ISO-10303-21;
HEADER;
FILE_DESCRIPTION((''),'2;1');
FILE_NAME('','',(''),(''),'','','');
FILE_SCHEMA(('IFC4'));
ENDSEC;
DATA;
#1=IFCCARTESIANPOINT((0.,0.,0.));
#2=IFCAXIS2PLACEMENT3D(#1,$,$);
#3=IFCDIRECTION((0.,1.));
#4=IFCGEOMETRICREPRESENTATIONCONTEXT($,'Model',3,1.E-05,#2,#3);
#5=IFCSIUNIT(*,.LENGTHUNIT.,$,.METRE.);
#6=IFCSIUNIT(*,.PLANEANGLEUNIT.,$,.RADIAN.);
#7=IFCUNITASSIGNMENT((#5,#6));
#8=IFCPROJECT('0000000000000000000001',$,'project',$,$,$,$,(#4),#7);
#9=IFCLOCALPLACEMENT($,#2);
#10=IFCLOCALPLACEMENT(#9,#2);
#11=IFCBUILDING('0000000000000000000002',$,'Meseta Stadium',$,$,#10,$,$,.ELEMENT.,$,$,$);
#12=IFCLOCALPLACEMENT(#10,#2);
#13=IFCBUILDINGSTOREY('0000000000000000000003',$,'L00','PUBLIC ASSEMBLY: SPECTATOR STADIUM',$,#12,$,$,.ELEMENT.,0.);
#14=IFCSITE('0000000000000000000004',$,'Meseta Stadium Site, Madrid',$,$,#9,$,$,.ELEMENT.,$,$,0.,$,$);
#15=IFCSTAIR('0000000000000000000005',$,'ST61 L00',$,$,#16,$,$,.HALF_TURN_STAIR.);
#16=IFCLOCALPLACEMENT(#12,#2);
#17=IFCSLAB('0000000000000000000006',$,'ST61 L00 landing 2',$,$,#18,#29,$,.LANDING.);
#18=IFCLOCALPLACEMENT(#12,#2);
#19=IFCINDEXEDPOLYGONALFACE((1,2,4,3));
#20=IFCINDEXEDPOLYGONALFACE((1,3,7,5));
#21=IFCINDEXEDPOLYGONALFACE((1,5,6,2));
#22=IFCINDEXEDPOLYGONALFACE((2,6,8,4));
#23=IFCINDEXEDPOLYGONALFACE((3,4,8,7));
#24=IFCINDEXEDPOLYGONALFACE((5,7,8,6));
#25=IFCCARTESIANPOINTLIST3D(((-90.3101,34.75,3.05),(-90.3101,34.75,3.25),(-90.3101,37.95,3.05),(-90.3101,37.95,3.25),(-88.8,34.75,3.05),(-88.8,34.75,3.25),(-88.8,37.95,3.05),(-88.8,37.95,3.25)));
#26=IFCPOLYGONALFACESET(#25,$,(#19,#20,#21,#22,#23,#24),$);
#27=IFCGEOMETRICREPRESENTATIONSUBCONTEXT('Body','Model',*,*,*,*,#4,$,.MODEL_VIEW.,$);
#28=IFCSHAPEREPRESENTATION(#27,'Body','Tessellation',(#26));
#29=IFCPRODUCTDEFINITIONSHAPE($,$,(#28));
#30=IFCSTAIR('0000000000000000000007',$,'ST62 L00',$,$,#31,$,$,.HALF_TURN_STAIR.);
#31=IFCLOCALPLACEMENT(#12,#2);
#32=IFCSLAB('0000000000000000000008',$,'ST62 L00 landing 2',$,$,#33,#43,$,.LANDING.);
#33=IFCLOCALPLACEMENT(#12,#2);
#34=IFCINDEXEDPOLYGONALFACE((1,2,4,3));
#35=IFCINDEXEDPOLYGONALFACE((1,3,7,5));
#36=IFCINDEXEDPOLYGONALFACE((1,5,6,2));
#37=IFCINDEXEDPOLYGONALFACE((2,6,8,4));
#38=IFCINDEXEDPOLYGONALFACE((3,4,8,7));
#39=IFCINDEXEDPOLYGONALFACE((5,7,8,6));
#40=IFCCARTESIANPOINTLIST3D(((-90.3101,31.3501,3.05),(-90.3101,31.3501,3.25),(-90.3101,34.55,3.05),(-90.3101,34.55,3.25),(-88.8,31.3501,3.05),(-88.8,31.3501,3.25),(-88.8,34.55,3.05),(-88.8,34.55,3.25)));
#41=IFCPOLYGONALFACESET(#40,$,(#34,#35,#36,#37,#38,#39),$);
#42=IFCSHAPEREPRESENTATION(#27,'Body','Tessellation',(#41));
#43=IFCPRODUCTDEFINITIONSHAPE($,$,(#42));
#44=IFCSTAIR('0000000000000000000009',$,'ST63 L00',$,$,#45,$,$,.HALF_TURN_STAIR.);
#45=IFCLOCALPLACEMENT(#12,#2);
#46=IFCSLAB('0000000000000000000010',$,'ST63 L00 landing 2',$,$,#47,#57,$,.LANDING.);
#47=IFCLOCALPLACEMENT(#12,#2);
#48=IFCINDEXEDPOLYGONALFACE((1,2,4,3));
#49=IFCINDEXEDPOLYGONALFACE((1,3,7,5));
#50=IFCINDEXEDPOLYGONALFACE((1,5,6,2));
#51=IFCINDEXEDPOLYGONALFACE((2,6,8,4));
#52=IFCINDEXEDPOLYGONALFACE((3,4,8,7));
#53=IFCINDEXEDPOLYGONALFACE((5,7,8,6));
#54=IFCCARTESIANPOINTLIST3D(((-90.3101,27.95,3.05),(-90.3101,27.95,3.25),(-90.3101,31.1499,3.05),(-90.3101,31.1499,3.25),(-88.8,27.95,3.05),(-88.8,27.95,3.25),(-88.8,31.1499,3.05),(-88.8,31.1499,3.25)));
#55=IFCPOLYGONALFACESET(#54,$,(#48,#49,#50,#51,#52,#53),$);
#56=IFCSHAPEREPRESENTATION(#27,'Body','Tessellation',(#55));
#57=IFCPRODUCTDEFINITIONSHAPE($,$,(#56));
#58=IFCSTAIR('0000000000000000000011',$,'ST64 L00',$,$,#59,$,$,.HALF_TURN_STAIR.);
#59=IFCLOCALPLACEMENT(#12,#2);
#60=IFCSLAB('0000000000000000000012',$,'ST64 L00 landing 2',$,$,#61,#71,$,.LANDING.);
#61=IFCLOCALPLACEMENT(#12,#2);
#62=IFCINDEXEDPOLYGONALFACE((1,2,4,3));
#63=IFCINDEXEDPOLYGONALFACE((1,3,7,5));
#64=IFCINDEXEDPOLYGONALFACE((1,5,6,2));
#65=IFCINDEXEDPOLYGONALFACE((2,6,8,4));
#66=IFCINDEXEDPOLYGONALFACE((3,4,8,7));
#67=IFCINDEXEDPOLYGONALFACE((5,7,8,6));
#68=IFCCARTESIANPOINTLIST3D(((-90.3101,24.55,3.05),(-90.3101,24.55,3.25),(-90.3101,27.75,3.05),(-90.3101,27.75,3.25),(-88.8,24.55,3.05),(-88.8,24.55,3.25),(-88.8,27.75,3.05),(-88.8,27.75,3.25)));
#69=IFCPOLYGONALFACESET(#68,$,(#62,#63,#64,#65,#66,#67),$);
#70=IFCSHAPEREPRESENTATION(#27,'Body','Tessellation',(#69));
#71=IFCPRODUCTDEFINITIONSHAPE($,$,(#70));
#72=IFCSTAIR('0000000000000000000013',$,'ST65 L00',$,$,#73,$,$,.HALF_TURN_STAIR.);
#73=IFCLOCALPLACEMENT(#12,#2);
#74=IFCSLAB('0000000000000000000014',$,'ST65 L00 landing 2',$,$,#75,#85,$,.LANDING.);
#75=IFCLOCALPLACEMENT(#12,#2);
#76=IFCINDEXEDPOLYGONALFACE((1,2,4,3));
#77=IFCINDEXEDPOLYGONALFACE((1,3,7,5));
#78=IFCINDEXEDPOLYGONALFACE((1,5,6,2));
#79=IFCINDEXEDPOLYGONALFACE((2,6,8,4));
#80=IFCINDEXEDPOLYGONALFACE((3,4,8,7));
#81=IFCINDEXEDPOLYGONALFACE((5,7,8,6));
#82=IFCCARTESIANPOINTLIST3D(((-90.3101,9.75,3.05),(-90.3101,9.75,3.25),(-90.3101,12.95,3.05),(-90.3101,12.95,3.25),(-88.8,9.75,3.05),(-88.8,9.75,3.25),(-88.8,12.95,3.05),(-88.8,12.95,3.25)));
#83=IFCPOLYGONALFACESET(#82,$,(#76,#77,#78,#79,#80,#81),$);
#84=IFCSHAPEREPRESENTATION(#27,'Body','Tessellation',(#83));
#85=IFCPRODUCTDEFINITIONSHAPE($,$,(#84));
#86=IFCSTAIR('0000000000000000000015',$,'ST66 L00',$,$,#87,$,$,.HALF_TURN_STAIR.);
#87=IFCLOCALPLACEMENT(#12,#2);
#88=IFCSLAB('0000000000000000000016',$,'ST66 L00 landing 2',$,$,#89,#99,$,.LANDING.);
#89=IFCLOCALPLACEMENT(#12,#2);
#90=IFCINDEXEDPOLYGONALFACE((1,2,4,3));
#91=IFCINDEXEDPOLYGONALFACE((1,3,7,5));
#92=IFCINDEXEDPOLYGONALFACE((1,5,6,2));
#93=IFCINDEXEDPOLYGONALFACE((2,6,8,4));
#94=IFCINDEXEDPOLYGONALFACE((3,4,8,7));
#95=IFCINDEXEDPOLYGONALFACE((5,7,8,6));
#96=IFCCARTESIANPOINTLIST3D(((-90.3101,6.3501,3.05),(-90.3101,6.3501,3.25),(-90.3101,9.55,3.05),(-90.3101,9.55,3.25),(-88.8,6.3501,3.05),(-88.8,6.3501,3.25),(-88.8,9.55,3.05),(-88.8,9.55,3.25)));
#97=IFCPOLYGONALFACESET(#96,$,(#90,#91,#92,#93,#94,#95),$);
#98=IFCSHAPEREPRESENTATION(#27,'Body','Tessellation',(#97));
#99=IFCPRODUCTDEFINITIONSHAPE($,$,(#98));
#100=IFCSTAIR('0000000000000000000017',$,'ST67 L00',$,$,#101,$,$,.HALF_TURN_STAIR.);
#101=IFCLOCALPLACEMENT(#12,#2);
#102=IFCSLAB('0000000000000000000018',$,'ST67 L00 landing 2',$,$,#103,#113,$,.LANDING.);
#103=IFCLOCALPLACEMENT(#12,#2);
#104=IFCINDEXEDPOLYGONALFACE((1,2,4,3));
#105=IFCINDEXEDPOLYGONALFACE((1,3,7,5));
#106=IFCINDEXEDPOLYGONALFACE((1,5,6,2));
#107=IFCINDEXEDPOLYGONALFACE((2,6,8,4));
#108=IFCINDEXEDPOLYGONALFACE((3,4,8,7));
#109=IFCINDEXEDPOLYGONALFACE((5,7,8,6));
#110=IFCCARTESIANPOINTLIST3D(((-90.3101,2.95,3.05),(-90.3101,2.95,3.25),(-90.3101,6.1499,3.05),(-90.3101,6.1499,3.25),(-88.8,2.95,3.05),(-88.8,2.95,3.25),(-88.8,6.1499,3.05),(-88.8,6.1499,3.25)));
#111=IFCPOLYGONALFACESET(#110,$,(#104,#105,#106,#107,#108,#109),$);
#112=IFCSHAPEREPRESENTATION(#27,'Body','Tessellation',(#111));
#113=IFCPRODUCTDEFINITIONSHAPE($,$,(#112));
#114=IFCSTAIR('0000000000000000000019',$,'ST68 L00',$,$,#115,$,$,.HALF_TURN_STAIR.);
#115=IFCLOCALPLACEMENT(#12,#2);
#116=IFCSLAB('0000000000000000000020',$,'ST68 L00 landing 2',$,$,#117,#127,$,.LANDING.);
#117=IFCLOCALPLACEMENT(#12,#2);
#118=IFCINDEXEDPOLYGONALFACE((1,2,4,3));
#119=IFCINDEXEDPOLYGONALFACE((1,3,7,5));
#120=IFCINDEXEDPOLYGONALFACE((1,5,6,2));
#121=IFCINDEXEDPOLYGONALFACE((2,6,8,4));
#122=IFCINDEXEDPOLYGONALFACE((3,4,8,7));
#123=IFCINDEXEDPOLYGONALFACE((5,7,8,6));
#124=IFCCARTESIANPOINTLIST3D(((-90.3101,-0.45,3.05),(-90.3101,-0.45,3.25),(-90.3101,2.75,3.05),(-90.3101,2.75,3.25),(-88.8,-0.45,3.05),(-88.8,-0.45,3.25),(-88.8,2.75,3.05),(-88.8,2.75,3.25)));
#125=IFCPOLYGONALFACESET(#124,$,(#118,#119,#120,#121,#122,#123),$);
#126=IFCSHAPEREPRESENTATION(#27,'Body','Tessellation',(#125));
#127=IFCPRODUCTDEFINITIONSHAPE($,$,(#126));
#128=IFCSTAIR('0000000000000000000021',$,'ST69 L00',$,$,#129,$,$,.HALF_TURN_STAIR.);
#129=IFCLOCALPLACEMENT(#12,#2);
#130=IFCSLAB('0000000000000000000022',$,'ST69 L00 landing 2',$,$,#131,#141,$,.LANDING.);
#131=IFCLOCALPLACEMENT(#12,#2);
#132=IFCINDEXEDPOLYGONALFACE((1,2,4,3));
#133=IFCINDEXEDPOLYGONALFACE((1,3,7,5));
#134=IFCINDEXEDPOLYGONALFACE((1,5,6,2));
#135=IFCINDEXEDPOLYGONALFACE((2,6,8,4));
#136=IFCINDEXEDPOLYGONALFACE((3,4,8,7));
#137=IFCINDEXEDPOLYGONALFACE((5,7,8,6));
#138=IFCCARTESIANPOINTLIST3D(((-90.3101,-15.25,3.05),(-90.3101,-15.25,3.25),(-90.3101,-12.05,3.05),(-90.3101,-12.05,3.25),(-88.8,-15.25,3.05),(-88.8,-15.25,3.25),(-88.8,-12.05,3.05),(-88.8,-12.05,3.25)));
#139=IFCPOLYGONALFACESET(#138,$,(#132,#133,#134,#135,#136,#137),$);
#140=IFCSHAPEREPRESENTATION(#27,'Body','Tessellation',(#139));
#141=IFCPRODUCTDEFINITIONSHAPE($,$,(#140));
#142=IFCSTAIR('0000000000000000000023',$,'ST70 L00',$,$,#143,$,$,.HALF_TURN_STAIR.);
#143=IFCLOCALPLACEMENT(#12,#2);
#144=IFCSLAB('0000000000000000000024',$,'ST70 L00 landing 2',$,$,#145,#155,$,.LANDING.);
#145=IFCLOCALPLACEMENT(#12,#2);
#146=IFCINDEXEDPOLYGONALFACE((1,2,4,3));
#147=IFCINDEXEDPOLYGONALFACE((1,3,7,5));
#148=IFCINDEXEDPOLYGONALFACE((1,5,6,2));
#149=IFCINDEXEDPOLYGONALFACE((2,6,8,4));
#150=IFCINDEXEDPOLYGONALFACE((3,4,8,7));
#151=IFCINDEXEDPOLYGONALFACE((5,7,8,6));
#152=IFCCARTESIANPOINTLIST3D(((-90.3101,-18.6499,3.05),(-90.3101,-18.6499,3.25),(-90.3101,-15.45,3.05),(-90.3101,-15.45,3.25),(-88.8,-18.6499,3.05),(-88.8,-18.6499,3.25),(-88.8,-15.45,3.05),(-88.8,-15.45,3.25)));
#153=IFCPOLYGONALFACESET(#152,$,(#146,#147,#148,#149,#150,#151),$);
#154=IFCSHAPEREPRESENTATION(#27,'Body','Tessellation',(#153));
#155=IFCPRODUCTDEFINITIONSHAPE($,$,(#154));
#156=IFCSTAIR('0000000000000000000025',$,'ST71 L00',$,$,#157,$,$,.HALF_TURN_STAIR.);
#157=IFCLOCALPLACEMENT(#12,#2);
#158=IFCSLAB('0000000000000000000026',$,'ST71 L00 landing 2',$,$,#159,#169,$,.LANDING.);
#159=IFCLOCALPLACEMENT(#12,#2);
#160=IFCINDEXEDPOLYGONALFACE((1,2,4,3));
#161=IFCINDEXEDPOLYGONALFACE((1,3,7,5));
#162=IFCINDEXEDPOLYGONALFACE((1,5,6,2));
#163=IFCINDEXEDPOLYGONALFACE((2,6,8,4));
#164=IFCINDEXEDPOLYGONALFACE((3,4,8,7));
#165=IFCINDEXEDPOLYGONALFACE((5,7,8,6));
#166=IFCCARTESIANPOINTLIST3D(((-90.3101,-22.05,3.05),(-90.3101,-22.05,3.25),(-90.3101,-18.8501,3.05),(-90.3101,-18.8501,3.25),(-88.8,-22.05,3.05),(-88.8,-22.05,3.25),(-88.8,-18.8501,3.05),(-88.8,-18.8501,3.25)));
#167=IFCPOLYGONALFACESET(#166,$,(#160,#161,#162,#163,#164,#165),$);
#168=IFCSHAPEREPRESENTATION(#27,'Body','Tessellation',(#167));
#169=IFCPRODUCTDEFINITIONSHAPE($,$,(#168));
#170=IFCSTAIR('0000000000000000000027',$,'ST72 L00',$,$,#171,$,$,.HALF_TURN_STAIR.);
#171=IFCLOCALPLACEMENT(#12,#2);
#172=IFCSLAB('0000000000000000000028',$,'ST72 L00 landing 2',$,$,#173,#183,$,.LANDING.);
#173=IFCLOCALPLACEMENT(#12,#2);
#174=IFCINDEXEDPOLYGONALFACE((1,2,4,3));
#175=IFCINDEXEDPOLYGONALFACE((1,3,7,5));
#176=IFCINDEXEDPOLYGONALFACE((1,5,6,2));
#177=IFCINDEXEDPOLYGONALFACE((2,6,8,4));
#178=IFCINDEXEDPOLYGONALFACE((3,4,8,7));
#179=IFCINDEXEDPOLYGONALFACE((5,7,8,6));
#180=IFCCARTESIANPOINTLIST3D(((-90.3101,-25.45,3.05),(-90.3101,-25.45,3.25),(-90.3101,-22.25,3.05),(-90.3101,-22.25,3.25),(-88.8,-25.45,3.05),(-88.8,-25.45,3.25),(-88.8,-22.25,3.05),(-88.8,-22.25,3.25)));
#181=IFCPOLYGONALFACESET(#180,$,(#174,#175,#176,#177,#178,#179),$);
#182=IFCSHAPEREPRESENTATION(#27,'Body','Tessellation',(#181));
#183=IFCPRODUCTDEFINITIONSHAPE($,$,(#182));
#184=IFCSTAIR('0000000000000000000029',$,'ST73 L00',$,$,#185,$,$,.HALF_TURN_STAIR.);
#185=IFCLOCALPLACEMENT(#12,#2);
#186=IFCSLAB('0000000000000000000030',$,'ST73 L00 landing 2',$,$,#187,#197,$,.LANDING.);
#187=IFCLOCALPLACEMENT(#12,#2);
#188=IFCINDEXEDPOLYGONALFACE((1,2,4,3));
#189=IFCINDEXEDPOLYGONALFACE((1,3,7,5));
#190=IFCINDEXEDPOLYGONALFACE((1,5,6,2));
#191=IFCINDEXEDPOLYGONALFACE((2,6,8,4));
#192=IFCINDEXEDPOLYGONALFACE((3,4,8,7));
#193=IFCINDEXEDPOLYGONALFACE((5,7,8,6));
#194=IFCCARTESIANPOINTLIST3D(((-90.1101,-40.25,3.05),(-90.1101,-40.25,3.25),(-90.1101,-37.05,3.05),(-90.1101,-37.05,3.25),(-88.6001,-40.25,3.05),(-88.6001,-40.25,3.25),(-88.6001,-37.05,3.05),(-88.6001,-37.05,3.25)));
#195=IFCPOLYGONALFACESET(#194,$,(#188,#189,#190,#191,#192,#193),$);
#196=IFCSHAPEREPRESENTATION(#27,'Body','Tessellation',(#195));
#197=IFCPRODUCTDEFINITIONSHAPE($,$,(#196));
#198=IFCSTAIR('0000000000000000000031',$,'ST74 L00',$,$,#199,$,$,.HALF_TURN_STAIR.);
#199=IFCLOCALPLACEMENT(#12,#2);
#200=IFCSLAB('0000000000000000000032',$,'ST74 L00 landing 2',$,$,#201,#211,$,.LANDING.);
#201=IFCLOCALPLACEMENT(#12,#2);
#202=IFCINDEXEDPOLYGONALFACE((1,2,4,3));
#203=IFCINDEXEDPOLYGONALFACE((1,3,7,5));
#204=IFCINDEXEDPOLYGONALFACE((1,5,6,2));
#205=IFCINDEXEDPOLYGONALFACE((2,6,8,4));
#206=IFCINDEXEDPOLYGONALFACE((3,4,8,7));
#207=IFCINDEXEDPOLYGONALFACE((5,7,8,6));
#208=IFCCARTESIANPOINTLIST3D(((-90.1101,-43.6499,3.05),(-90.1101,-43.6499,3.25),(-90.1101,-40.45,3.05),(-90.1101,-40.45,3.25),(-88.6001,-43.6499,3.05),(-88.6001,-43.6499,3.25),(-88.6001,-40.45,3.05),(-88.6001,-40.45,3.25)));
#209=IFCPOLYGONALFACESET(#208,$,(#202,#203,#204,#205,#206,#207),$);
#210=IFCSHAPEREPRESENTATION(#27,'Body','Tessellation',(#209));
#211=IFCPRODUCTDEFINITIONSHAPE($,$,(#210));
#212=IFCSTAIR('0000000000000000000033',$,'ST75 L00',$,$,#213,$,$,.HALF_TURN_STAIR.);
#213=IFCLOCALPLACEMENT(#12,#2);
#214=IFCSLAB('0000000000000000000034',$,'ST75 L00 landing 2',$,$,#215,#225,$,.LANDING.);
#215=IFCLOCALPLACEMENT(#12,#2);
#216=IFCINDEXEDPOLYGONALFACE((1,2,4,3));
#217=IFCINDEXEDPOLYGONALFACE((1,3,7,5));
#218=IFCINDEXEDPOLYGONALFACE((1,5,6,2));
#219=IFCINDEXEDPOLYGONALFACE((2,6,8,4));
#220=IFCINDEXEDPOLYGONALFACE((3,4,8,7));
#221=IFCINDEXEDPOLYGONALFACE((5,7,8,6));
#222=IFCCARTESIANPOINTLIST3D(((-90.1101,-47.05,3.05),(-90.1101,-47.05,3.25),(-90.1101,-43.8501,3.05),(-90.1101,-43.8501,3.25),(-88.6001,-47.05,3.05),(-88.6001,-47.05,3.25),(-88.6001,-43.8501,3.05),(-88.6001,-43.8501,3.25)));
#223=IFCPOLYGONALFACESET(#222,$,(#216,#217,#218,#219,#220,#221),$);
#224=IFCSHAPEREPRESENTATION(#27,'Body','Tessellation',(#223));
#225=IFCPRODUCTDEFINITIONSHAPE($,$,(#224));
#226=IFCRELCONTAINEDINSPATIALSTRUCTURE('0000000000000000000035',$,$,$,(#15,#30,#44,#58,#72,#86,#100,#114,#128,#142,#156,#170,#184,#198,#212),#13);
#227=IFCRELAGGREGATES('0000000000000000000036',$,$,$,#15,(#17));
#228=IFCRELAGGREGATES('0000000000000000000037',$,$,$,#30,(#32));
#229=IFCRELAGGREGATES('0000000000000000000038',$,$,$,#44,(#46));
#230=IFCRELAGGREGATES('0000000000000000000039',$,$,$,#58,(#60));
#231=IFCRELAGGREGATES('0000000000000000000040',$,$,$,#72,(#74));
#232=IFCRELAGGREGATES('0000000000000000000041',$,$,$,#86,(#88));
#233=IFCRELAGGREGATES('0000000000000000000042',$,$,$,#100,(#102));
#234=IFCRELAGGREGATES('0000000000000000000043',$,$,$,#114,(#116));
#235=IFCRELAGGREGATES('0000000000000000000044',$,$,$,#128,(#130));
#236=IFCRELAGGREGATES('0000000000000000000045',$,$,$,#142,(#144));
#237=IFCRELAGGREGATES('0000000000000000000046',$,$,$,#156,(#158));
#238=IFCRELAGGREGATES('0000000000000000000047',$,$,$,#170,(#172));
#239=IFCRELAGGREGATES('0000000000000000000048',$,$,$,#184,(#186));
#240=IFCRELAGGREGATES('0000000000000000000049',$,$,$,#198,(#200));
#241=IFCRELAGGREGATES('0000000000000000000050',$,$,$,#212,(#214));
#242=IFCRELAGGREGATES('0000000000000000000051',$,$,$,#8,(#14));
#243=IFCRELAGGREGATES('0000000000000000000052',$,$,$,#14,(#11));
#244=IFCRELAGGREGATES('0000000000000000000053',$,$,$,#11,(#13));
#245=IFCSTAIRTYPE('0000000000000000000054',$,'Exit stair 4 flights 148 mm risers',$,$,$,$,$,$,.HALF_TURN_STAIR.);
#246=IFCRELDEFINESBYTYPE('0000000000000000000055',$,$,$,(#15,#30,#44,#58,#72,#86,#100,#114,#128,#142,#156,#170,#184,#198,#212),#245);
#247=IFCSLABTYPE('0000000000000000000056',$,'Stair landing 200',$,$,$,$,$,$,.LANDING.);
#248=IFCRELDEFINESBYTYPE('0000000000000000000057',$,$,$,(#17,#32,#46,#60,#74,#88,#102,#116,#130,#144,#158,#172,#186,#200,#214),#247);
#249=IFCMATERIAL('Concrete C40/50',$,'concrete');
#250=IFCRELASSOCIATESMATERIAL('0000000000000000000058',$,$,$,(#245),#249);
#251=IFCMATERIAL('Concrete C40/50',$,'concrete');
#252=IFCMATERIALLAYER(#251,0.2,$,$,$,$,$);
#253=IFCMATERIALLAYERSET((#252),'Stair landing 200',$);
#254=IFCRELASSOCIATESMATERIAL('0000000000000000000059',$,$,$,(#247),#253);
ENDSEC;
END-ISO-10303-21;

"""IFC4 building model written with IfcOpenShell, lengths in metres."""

from ifc_helpers import new_model, si_unit, direction, frame, origin, place, context, subcontext, project, spatial, polyline, outline, extrude, material, layer, layer_set, type_object, element, aggregate, save


model = new_model("IFC4")

# Units and contexts
model_context = context("Model", 3, precision=1e-05, world=origin(), true_north=direction((0.0, 1.0)))
body_context = subcontext(model_context, "Body", "Model", "MODEL_VIEW")
ifc_project = project(units=[si_unit("LENGTHUNIT", "METRE"), si_unit("PLANEANGLEUNIT", "RADIAN")], contexts=[model_context])

# Site, building, storey
site_placement = place(None, origin())
site = spatial("IfcSite", under=ifc_project, at=site_placement, Name="Meseta Stadium Site, Madrid", CompositionType="ELEMENT", RefElevation=0.0)
building_placement = place(site_placement, origin())
building = spatial("IfcBuilding", under=site, at=building_placement, Name="Meseta Stadium", CompositionType="ELEMENT")
storey_placement = place(building_placement, origin())
storey = spatial("IfcBuildingStorey", under=building, at=storey_placement, Name="L00", Description="PUBLIC ASSEMBLY: SPECTATOR STADIUM", CompositionType="ELEMENT", Elevation=0.0)

# Stairs, slabs
ifc_material_1 = material(Name="Concrete C40/50", Category="concrete")
stair_type = type_object("IfcStairType", Name="Exit stair 4 flights 148 mm risers", PredefinedType="HALF_TURN_STAIR", material=ifc_material_1)
ifc_material_2 = material(Name="Concrete C40/50", Category="concrete")
ifc_layer = layer(ifc_material_2, 0.2)
ifc_layer_set = layer_set([ifc_layer], Name="Stair landing 200")
slab_type = type_object("IfcSlabType", Name="Stair landing 200", PredefinedType="LANDING", material=ifc_layer_set)
stair_1_placement = place(storey_placement, origin())
stair_1 = element("IfcStair", 1, at=stair_1_placement, inside=storey, type_object=stair_type, Name="ST61 L00", PredefinedType="HALF_TURN_STAIR")
slab_1_placement = place(storey_placement, frame((0.0, 0.0, 3.05)))
slab_1 = element("IfcSlab", 2, at=slab_1_placement, type_object=slab_type, Name="ST61 L00 landing 2", PredefinedType="LANDING", context=body_context, shape_type="SweptSolid", body=[
    extrude(outline(polyline([(-88.8, 37.95), (-90.3101, 37.95), (-90.3101, 34.75), (-88.8, 34.75), (-88.8, 37.95)])), origin(), (0.0, 0.0, 1.0), 0.2),
])
aggregate(stair_1, [slab_1])
stair_2_placement = place(storey_placement, origin())
stair_2 = element("IfcStair", 3, at=stair_2_placement, inside=storey, type_object=stair_type, Name="ST62 L00", PredefinedType="HALF_TURN_STAIR")
slab_2_placement = place(storey_placement, frame((0.0, 0.0, 3.05)))
slab_2 = element("IfcSlab", 4, at=slab_2_placement, type_object=slab_type, Name="ST62 L00 landing 2", PredefinedType="LANDING", context=body_context, shape_type="SweptSolid", body=[
    extrude(outline(polyline([(-88.8, 34.55), (-90.3101, 34.55), (-90.3101, 31.3501), (-88.8, 31.3501), (-88.8, 34.55)])), origin(), (0.0, 0.0, 1.0), 0.2),
])
aggregate(stair_2, [slab_2])
stair_3_placement = place(storey_placement, origin())
stair_3 = element("IfcStair", 5, at=stair_3_placement, inside=storey, type_object=stair_type, Name="ST63 L00", PredefinedType="HALF_TURN_STAIR")
slab_3_placement = place(storey_placement, frame((0.0, 0.0, 3.05)))
slab_3 = element("IfcSlab", 6, at=slab_3_placement, type_object=slab_type, Name="ST63 L00 landing 2", PredefinedType="LANDING", context=body_context, shape_type="SweptSolid", body=[
    extrude(outline(polyline([(-88.8, 31.1499), (-90.3101, 31.1499), (-90.3101, 27.95), (-88.8, 27.95), (-88.8, 31.1499)])), origin(), (0.0, 0.0, 1.0), 0.2),
])
aggregate(stair_3, [slab_3])
stair_4_placement = place(storey_placement, origin())
stair_4 = element("IfcStair", 7, at=stair_4_placement, inside=storey, type_object=stair_type, Name="ST64 L00", PredefinedType="HALF_TURN_STAIR")
slab_4_placement = place(storey_placement, frame((0.0, 0.0, 3.05)))
slab_4 = element("IfcSlab", 8, at=slab_4_placement, type_object=slab_type, Name="ST64 L00 landing 2", PredefinedType="LANDING", context=body_context, shape_type="SweptSolid", body=[
    extrude(outline(polyline([(-88.8, 27.75), (-90.3101, 27.75), (-90.3101, 24.55), (-88.8, 24.55), (-88.8, 27.75)])), origin(), (0.0, 0.0, 1.0), 0.2),
])
aggregate(stair_4, [slab_4])
stair_5_placement = place(storey_placement, origin())
stair_5 = element("IfcStair", 9, at=stair_5_placement, inside=storey, type_object=stair_type, Name="ST65 L00", PredefinedType="HALF_TURN_STAIR")
slab_5_placement = place(storey_placement, frame((0.0, 0.0, 3.05)))
slab_5 = element("IfcSlab", 10, at=slab_5_placement, type_object=slab_type, Name="ST65 L00 landing 2", PredefinedType="LANDING", context=body_context, shape_type="SweptSolid", body=[
    extrude(outline(polyline([(-88.8, 12.95), (-90.3101, 12.95), (-90.3101, 9.75), (-88.8, 9.75), (-88.8, 12.95)])), origin(), (0.0, 0.0, 1.0), 0.2),
])
aggregate(stair_5, [slab_5])
stair_6_placement = place(storey_placement, origin())
stair_6 = element("IfcStair", 11, at=stair_6_placement, inside=storey, type_object=stair_type, Name="ST66 L00", PredefinedType="HALF_TURN_STAIR")
slab_6_placement = place(storey_placement, frame((0.0, 0.0, 3.05)))
slab_6 = element("IfcSlab", 12, at=slab_6_placement, type_object=slab_type, Name="ST66 L00 landing 2", PredefinedType="LANDING", context=body_context, shape_type="SweptSolid", body=[
    extrude(outline(polyline([(-88.8, 9.55), (-90.3101, 9.55), (-90.3101, 6.3501), (-88.8, 6.3501), (-88.8, 9.55)])), origin(), (0.0, 0.0, 1.0), 0.2),
])
aggregate(stair_6, [slab_6])
stair_7_placement = place(storey_placement, origin())
stair_7 = element("IfcStair", 13, at=stair_7_placement, inside=storey, type_object=stair_type, Name="ST67 L00", PredefinedType="HALF_TURN_STAIR")
slab_7_placement = place(storey_placement, frame((0.0, 0.0, 3.05)))
slab_7 = element("IfcSlab", 14, at=slab_7_placement, type_object=slab_type, Name="ST67 L00 landing 2", PredefinedType="LANDING", context=body_context, shape_type="SweptSolid", body=[
    extrude(outline(polyline([(-88.8, 6.1499), (-90.3101, 6.1499), (-90.3101, 2.95), (-88.8, 2.95), (-88.8, 6.1499)])), origin(), (0.0, 0.0, 1.0), 0.2),
])
aggregate(stair_7, [slab_7])
stair_8_placement = place(storey_placement, origin())
stair_8 = element("IfcStair", 15, at=stair_8_placement, inside=storey, type_object=stair_type, Name="ST68 L00", PredefinedType="HALF_TURN_STAIR")
slab_8_placement = place(storey_placement, frame((0.0, 0.0, 3.05)))
slab_8 = element("IfcSlab", 16, at=slab_8_placement, type_object=slab_type, Name="ST68 L00 landing 2", PredefinedType="LANDING", context=body_context, shape_type="SweptSolid", body=[
    extrude(outline(polyline([(-88.8, 2.75), (-90.3101, 2.75), (-90.3101, -0.45), (-88.8, -0.45), (-88.8, 2.75)])), origin(), (0.0, 0.0, 1.0), 0.2),
])
aggregate(stair_8, [slab_8])
stair_9_placement = place(storey_placement, origin())
stair_9 = element("IfcStair", 17, at=stair_9_placement, inside=storey, type_object=stair_type, Name="ST69 L00", PredefinedType="HALF_TURN_STAIR")
slab_9_placement = place(storey_placement, frame((0.0, 0.0, 3.05)))
slab_9 = element("IfcSlab", 18, at=slab_9_placement, type_object=slab_type, Name="ST69 L00 landing 2", PredefinedType="LANDING", context=body_context, shape_type="SweptSolid", body=[
    extrude(outline(polyline([(-88.8, -12.05), (-90.3101, -12.05), (-90.3101, -15.25), (-88.8, -15.25), (-88.8, -12.05)])), origin(), (0.0, 0.0, 1.0), 0.2),
])
aggregate(stair_9, [slab_9])
stair_10_placement = place(storey_placement, origin())
stair_10 = element("IfcStair", 19, at=stair_10_placement, inside=storey, type_object=stair_type, Name="ST70 L00", PredefinedType="HALF_TURN_STAIR")
slab_10_placement = place(storey_placement, frame((0.0, 0.0, 3.05)))
slab_10 = element("IfcSlab", 20, at=slab_10_placement, type_object=slab_type, Name="ST70 L00 landing 2", PredefinedType="LANDING", context=body_context, shape_type="SweptSolid", body=[
    extrude(outline(polyline([(-88.8, -15.45), (-90.3101, -15.45), (-90.3101, -18.6499), (-88.8, -18.6499), (-88.8, -15.45)])), origin(), (0.0, 0.0, 1.0), 0.2),
])
aggregate(stair_10, [slab_10])
stair_11_placement = place(storey_placement, origin())
stair_11 = element("IfcStair", 21, at=stair_11_placement, inside=storey, type_object=stair_type, Name="ST71 L00", PredefinedType="HALF_TURN_STAIR")
slab_11_placement = place(storey_placement, frame((0.0, 0.0, 3.05)))
slab_11 = element("IfcSlab", 22, at=slab_11_placement, type_object=slab_type, Name="ST71 L00 landing 2", PredefinedType="LANDING", context=body_context, shape_type="SweptSolid", body=[
    extrude(outline(polyline([(-88.8, -18.8501), (-90.3101, -18.8501), (-90.3101, -22.05), (-88.8, -22.05), (-88.8, -18.8501)])), origin(), (0.0, 0.0, 1.0), 0.2),
])
aggregate(stair_11, [slab_11])
stair_12_placement = place(storey_placement, origin())
stair_12 = element("IfcStair", 23, at=stair_12_placement, inside=storey, type_object=stair_type, Name="ST72 L00", PredefinedType="HALF_TURN_STAIR")
slab_12_placement = place(storey_placement, frame((0.0, 0.0, 3.05)))
slab_12 = element("IfcSlab", 24, at=slab_12_placement, type_object=slab_type, Name="ST72 L00 landing 2", PredefinedType="LANDING", context=body_context, shape_type="SweptSolid", body=[
    extrude(outline(polyline([(-88.8, -22.25), (-90.3101, -22.25), (-90.3101, -25.45), (-88.8, -25.45), (-88.8, -22.25)])), origin(), (0.0, 0.0, 1.0), 0.2),
])
aggregate(stair_12, [slab_12])
stair_13_placement = place(storey_placement, origin())
stair_13 = element("IfcStair", 25, at=stair_13_placement, inside=storey, type_object=stair_type, Name="ST73 L00", PredefinedType="HALF_TURN_STAIR")
slab_13_placement = place(storey_placement, frame((0.0, 0.0, 3.05)))
slab_13 = element("IfcSlab", 26, at=slab_13_placement, type_object=slab_type, Name="ST73 L00 landing 2", PredefinedType="LANDING", context=body_context, shape_type="SweptSolid", body=[
    extrude(outline(polyline([(-88.6001, -37.05), (-90.1101, -37.05), (-90.1101, -40.25), (-88.6001, -40.25), (-88.6001, -37.05)])), origin(), (0.0, 0.0, 1.0), 0.2),
])
aggregate(stair_13, [slab_13])
stair_14_placement = place(storey_placement, origin())
stair_14 = element("IfcStair", 27, at=stair_14_placement, inside=storey, type_object=stair_type, Name="ST74 L00", PredefinedType="HALF_TURN_STAIR")
slab_14_placement = place(storey_placement, frame((0.0, 0.0, 3.05)))
slab_14 = element("IfcSlab", 28, at=slab_14_placement, type_object=slab_type, Name="ST74 L00 landing 2", PredefinedType="LANDING", context=body_context, shape_type="SweptSolid", body=[
    extrude(outline(polyline([(-88.6001, -40.45), (-90.1101, -40.45), (-90.1101, -43.6499), (-88.6001, -43.6499), (-88.6001, -40.45)])), origin(), (0.0, 0.0, 1.0), 0.2),
])
aggregate(stair_14, [slab_14])
stair_15_placement = place(storey_placement, origin())
stair_15 = element("IfcStair", 29, at=stair_15_placement, inside=storey, type_object=stair_type, Name="ST75 L00", PredefinedType="HALF_TURN_STAIR")
slab_15_placement = place(storey_placement, frame((0.0, 0.0, 3.05)))
slab_15 = element("IfcSlab", 30, at=slab_15_placement, type_object=slab_type, Name="ST75 L00 landing 2", PredefinedType="LANDING", context=body_context, shape_type="SweptSolid", body=[
    extrude(outline(polyline([(-88.6001, -43.8501), (-90.1101, -43.8501), (-90.1101, -47.05), (-88.6001, -47.05), (-88.6001, -43.8501)])), origin(), (0.0, 0.0, 1.0), 0.2),
])
aggregate(stair_15, [slab_15])

save(model, "model.ifc")
